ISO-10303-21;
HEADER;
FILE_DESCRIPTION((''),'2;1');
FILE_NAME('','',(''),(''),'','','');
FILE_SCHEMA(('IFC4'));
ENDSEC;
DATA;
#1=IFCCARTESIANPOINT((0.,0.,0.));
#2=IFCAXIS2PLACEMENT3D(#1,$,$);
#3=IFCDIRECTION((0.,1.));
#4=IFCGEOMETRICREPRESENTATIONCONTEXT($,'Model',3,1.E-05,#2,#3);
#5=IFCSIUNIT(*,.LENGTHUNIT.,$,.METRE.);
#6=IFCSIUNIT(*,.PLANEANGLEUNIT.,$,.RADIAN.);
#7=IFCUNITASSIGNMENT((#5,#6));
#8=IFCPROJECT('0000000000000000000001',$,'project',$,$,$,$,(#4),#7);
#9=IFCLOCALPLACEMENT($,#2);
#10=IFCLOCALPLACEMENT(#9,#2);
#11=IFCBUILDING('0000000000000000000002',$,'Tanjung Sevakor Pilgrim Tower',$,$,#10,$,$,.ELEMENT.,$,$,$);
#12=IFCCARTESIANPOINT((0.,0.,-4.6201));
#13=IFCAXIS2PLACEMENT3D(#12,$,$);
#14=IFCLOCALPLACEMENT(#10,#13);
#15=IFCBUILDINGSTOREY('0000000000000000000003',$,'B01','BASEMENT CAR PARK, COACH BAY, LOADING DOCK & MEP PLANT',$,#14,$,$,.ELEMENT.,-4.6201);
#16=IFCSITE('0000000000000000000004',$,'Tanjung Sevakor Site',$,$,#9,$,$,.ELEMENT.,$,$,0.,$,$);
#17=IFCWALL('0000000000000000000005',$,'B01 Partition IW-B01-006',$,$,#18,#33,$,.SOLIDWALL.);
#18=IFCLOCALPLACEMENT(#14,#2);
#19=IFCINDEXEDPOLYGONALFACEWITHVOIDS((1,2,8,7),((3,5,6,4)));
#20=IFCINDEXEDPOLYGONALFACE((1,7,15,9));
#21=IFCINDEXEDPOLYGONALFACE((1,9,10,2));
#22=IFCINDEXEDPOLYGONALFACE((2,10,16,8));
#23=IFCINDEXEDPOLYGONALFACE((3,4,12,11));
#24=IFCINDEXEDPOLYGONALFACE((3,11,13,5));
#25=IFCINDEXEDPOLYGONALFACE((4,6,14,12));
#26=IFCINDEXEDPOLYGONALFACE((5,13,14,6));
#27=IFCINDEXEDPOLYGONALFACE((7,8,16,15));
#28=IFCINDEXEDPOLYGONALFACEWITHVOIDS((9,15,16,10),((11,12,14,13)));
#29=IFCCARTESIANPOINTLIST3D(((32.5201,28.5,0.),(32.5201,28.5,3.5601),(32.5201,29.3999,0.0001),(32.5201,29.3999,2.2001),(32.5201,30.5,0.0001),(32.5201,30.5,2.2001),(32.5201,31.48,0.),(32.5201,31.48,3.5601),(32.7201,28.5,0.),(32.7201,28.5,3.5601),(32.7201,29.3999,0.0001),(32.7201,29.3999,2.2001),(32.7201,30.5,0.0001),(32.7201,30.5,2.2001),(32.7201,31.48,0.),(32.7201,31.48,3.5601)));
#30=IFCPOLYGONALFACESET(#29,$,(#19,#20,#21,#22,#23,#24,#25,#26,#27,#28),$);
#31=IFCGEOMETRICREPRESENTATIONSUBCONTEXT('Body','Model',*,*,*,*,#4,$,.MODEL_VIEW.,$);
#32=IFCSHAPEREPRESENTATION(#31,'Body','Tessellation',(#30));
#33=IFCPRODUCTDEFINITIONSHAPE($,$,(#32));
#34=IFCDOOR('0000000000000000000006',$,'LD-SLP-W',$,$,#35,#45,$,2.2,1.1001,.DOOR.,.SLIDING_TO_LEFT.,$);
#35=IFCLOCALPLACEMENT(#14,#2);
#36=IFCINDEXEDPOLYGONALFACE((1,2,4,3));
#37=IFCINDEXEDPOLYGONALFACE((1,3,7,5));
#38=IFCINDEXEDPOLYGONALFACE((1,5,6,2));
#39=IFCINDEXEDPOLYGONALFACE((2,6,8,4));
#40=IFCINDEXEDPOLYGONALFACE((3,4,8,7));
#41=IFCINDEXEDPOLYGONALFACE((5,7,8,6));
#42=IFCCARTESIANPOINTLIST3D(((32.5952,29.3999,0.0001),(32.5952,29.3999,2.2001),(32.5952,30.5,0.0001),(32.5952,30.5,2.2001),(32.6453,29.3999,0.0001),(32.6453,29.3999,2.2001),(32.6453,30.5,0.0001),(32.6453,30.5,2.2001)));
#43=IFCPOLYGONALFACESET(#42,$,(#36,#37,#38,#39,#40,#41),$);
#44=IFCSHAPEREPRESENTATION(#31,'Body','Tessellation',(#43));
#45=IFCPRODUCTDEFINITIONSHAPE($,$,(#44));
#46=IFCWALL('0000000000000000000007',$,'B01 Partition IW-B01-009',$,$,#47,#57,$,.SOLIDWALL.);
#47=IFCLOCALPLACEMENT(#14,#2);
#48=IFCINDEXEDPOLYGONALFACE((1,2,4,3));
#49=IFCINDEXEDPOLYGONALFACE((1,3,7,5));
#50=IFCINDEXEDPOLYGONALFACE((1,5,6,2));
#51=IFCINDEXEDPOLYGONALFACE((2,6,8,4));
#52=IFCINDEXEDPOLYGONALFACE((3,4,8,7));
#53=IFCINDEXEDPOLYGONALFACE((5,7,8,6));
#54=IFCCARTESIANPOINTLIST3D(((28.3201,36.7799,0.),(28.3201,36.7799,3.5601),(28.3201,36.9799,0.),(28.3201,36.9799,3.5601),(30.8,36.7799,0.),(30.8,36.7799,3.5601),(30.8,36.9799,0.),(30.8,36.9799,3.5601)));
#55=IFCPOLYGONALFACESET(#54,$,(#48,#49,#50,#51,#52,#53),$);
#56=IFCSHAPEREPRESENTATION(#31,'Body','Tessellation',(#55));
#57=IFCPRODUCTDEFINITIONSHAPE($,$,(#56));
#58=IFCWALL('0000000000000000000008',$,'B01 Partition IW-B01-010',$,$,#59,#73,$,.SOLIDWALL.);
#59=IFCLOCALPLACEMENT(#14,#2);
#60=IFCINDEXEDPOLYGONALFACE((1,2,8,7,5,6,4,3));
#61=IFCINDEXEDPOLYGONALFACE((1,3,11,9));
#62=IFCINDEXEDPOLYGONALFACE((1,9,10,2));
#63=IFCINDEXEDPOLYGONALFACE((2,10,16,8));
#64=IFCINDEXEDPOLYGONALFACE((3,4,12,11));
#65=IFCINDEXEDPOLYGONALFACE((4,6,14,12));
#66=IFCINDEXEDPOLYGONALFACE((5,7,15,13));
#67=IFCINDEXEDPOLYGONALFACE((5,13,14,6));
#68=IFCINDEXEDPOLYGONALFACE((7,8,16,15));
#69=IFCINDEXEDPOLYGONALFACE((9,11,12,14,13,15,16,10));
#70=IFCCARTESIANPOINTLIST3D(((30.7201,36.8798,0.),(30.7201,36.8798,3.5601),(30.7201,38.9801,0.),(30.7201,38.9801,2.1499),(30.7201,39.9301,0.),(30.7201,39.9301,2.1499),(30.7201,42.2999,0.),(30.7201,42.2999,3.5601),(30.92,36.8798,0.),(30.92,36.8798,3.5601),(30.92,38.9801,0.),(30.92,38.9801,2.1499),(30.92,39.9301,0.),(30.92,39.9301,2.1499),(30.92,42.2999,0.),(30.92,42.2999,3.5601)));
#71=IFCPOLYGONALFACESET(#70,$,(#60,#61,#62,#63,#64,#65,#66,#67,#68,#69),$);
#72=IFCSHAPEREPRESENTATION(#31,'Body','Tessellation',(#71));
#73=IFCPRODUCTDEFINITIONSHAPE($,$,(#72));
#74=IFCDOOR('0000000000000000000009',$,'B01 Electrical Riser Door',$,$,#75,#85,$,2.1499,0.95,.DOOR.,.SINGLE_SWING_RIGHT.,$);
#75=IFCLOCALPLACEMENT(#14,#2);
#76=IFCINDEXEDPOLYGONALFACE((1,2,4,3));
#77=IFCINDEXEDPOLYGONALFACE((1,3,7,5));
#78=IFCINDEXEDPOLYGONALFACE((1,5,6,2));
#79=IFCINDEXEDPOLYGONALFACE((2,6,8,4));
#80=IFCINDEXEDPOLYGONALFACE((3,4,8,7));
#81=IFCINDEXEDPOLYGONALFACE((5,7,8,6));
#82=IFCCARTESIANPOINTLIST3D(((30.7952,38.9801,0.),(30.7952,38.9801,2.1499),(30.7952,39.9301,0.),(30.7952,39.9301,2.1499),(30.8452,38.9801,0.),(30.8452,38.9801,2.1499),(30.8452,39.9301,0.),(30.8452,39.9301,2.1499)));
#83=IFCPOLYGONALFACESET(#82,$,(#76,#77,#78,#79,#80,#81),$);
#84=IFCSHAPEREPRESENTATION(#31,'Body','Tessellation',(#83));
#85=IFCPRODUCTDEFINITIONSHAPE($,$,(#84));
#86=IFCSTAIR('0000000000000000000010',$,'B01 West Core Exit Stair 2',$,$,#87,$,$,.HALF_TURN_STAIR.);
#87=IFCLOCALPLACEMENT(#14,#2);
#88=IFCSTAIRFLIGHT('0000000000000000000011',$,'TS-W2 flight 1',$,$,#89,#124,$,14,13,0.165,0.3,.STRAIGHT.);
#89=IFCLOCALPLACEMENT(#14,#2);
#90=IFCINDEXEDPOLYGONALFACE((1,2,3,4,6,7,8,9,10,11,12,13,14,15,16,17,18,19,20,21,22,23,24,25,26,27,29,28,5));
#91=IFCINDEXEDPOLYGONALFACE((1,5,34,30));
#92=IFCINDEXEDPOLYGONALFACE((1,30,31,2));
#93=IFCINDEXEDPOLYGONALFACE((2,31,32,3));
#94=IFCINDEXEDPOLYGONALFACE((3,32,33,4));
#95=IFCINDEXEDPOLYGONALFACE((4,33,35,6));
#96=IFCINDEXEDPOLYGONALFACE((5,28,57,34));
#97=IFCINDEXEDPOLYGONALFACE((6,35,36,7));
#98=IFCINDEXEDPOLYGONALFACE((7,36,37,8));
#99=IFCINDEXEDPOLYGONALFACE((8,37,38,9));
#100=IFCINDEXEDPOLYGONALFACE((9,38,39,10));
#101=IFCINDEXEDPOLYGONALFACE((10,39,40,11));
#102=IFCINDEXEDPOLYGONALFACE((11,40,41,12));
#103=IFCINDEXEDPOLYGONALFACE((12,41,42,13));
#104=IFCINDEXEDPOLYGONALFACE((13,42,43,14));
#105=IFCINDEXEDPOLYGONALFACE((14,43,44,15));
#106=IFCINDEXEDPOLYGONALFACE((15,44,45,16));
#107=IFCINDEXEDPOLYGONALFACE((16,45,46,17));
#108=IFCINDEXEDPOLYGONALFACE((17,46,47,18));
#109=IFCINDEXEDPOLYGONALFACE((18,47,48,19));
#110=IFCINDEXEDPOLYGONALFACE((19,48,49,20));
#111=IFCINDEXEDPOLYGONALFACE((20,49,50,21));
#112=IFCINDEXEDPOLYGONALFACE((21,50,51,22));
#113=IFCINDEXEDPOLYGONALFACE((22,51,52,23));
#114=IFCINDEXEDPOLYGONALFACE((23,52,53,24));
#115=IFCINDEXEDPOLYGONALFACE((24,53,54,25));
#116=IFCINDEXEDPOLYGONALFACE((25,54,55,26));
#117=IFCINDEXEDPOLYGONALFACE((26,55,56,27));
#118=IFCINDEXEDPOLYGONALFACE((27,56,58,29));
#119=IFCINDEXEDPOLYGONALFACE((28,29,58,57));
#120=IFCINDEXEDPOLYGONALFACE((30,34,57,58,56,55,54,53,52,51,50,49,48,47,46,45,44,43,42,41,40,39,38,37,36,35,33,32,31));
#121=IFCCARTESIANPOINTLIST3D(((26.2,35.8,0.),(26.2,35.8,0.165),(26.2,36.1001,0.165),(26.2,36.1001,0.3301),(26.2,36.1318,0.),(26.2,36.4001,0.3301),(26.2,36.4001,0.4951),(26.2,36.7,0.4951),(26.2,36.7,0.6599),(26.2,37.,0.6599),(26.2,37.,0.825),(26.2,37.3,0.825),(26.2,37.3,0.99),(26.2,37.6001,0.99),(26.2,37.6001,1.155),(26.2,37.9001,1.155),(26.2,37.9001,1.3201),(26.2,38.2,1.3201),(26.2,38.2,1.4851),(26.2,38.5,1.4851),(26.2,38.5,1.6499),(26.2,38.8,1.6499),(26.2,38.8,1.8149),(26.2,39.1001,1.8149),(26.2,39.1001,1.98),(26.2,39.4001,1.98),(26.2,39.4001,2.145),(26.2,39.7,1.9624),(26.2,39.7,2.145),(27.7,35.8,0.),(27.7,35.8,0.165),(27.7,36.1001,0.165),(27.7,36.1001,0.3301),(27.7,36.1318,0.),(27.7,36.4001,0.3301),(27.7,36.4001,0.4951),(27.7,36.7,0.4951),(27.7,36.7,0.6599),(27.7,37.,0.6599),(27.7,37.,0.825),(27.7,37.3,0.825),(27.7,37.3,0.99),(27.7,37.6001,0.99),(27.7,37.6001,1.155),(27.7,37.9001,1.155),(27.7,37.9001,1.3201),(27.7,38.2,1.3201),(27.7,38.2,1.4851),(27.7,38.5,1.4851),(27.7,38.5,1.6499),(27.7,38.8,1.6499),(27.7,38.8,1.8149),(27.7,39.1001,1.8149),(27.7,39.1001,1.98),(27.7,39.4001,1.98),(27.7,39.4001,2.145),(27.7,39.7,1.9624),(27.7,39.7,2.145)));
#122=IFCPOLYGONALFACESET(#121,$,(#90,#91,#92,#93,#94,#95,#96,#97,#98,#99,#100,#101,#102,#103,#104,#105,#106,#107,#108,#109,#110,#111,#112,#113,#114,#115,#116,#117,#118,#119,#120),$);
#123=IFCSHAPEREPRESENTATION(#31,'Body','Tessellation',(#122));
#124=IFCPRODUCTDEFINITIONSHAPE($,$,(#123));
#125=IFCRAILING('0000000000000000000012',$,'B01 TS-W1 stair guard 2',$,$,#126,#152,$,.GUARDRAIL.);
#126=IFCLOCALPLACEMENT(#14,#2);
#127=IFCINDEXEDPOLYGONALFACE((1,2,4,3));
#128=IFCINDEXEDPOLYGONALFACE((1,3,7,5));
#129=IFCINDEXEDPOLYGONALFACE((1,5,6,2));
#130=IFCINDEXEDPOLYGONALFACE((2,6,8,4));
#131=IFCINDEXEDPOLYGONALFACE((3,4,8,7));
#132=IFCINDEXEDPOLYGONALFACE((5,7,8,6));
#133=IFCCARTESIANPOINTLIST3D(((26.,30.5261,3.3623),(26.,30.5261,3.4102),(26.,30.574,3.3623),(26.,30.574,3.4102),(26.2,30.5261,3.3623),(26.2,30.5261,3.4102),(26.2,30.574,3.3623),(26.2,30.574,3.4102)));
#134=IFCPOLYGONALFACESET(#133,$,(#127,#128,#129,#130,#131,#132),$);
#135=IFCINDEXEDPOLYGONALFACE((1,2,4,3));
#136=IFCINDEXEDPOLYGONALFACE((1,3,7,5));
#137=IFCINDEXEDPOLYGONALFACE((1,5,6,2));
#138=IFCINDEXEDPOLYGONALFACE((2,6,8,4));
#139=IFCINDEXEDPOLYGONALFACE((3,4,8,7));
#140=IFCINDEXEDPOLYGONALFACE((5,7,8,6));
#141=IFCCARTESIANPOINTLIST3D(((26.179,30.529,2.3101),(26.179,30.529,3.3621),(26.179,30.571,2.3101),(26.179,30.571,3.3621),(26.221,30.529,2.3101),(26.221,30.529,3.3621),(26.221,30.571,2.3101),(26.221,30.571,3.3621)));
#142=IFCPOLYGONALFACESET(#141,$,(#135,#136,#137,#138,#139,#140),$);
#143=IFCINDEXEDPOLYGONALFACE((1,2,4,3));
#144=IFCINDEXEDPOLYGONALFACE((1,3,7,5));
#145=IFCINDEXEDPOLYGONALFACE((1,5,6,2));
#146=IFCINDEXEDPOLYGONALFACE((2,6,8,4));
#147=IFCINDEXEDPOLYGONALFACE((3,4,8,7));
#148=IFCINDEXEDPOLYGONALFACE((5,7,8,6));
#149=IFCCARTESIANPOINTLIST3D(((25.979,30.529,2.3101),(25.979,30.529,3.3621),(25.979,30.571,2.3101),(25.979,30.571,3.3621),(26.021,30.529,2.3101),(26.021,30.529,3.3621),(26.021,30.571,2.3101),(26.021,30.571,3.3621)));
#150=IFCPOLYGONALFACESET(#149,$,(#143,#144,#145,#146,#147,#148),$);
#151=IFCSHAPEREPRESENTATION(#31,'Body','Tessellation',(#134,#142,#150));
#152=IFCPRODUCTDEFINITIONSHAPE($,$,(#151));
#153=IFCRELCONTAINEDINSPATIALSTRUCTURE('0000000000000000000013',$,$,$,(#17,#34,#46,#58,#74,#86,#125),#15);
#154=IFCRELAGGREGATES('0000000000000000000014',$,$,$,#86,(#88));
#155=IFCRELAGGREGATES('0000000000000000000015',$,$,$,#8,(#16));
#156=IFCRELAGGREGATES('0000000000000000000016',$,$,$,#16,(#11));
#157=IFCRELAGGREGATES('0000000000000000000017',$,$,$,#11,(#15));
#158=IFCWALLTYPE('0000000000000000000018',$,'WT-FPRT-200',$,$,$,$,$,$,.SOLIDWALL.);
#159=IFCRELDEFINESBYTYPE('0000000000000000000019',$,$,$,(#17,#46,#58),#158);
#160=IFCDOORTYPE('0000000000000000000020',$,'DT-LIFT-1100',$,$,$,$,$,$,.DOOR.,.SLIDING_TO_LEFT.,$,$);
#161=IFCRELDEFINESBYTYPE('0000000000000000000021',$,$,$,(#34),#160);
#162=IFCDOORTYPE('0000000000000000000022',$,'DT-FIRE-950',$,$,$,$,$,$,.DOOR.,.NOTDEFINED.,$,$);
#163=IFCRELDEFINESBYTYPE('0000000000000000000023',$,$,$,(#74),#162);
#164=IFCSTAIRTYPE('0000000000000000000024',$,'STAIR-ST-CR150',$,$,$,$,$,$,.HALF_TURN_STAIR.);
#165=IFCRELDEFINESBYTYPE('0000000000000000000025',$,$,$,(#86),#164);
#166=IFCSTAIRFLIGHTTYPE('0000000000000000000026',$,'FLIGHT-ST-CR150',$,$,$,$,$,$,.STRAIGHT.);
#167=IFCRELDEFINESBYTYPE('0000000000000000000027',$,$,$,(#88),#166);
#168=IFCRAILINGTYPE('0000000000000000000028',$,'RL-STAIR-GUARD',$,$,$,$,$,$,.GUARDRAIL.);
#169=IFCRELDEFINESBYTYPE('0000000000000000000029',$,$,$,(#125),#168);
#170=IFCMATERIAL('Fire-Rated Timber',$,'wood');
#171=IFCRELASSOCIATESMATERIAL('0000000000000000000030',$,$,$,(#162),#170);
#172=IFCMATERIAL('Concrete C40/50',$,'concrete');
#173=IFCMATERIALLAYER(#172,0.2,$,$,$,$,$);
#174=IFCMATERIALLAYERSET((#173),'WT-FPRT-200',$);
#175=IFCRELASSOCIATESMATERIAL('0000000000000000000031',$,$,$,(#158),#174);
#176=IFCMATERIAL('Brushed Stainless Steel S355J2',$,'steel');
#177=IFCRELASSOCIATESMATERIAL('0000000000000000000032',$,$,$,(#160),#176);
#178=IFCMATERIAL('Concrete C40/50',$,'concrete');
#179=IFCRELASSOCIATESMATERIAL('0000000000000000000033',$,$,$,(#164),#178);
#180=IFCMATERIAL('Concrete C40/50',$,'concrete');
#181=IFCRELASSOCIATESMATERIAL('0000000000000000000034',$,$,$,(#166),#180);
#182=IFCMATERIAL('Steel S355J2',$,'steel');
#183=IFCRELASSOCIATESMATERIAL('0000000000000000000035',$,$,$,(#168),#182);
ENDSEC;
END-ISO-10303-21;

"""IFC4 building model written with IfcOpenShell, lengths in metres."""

from ifc_helpers import new_model, si_unit, direction, frame, frame_2d, origin, place, context, subcontext, project, spatial, polyline, rectangle, outline, extrude, material, layer, layer_set, type_object, element, fill, aggregate, save


model = new_model("IFC4")

# Units and contexts
model_context = context("Model", 3, precision=1e-05, world=origin(), true_north=direction((0.0, 1.0)))
body_context = subcontext(model_context, "Body", "Model", "MODEL_VIEW")
ifc_project = project(units=[si_unit("LENGTHUNIT", "METRE"), si_unit("PLANEANGLEUNIT", "RADIAN")], contexts=[model_context])

# Site, building, storey
site_placement = place(None, origin())
site = spatial("IfcSite", under=ifc_project, at=site_placement, Name="Tanjung Sevakor Site", CompositionType="ELEMENT", RefElevation=0.0)
building_placement = place(site_placement, origin())
building = spatial("IfcBuilding", under=site, at=building_placement, Name="Tanjung Sevakor Pilgrim Tower", CompositionType="ELEMENT")
storey_placement = place(building_placement, frame((0.0, 0.0, -4.6201)))
storey = spatial("IfcBuildingStorey", under=building, at=storey_placement, Name="B01", Description="BASEMENT CAR PARK, COACH BAY, LOADING DOCK & MEP PLANT", CompositionType="ELEMENT", Elevation=-4.6201)

# Shared definitions
ifc_material_1 = material(Name="Fire-Rated Timber", Category="wood")
door_type_1 = type_object("IfcDoorType", Name="DT-FIRE-950", OperationType="NOTDEFINED", PredefinedType="DOOR", material=ifc_material_1)

# Shared definitions
ifc_material_2 = material(Name="Concrete C40/50", Category="concrete")
ifc_layer_1 = layer(ifc_material_2, 0.2)
ifc_layer_set_1 = layer_set([ifc_layer_1], Name="WT-FPRT-200")
wall_type_1 = type_object("IfcWallType", Name="WT-FPRT-200", PredefinedType="SOLIDWALL", material=ifc_layer_set_1)

# Wall, opening, door
wall_1_placement = place(storey_placement, frame((32.6201, 28.5, 0.0), z_axis=(0.0, 0.0, 1.0), x_axis=(0.0, 1.0, 0.0)))
wall_1 = element("IfcWall", 1, at=wall_1_placement, inside=storey, type_object=wall_type_1, Name="B01 Partition IW-B01-006", PredefinedType="SOLIDWALL", context=body_context, shape_type="SweptSolid", body=[
    extrude(rectangle(XDim=2.98, YDim=0.2, at=frame_2d((1.49, 0.0))), origin(), (0.0, 0.0, 1.0), 3.5601),
])
opening_1_placement = place(wall_1_placement, frame((0.8999, 0.0, 0.0)))
opening_1 = element("IfcOpeningElement", 2, at=opening_1_placement, cuts=wall_1, PredefinedType="OPENING", context=body_context, shape_type="SweptSolid", body=[
    extrude(rectangle(XDim=1.1001, YDim=2.2, at=frame_2d((0.55, 1.1001))), frame((0.0, 0.1099, 0.0), z_axis=(0.0, -1.0, 0.0), x_axis=(1.0, 0.0, 0.0)), (0.0, 0.0, 1.0), 0.22),
])
ifc_material_3 = material(Name="Brushed Stainless Steel S355J2", Category="steel")
door_type_2 = type_object("IfcDoorType", Name="DT-LIFT-1100", OperationType="SLIDING_TO_LEFT", PredefinedType="DOOR", material=ifc_material_3)
door_1_placement = place(opening_1_placement, origin())
door_1 = element("IfcDoor", 3, at=door_1_placement, inside=storey, type_object=door_type_2, Name="LD-SLP-W", OperationType="SLIDING_TO_LEFT", OverallHeight=2.2, OverallWidth=1.1001, PredefinedType="DOOR", context=body_context, shape_type="SweptSolid", body=[
    extrude(rectangle(XDim=1.1001, YDim=2.2, at=frame_2d((0.55, 1.1001))), frame((0.0, 0.0249, 0.0), z_axis=(0.0, -1.0, 0.0), x_axis=(1.0, 0.0, 0.0)), (0.0, 0.0, 1.0), 0.05),
])
fill(opening_1, door_1)

# Wall
wall_2_placement = place(storey_placement, frame((28.3201, 36.8799, 0.0), z_axis=(0.0, 0.0, 1.0), x_axis=(1.0, 0.0, 0.0)))
element("IfcWall", 4, at=wall_2_placement, inside=storey, type_object=wall_type_1, Name="B01 Partition IW-B01-009", PredefinedType="SOLIDWALL", context=body_context, shape_type="SweptSolid", body=[
    extrude(rectangle(XDim=2.48, YDim=0.2, at=frame_2d((1.24, 0.0))), origin(), (0.0, 0.0, 1.0), 3.5601),
])

# Wall, opening, door
wall_3_placement = place(storey_placement, frame((30.8201, 36.8799, 0.0), z_axis=(0.0, 0.0, 1.0), x_axis=(0.0, 1.0, 0.0)))
wall_3 = element("IfcWall", 5, at=wall_3_placement, inside=storey, type_object=wall_type_1, Name="B01 Partition IW-B01-010", PredefinedType="SOLIDWALL", context=body_context, shape_type="SweptSolid", body=[
    extrude(rectangle(XDim=5.4202, YDim=0.2, at=frame_2d((2.71, 0.0))), origin(), (0.0, 0.0, 1.0), 3.5601),
])
opening_2_placement = place(wall_3_placement, frame((2.1001, 0.0, 0.0)))
opening_2 = element("IfcOpeningElement", 6, at=opening_2_placement, cuts=wall_3, PredefinedType="OPENING", context=body_context, shape_type="SweptSolid", body=[
    extrude(rectangle(XDim=0.95, YDim=2.1499, at=frame_2d((0.4751, 1.075))), frame((0.0, 0.1099, 0.0), z_axis=(0.0, -1.0, 0.0), x_axis=(1.0, 0.0, 0.0)), (0.0, 0.0, 1.0), 0.22),
])
door_2_placement = place(opening_2_placement, origin())
door_2 = element("IfcDoor", 7, at=door_2_placement, inside=storey, type_object=door_type_1, Name="B01 Electrical Riser Door", OperationType="SINGLE_SWING_RIGHT", OverallHeight=2.1499, OverallWidth=0.95, PredefinedType="DOOR", context=body_context, shape_type="SweptSolid", body=[
    extrude(rectangle(XDim=0.95, YDim=2.1499, at=frame_2d((0.4751, 1.075))), frame((0.0, 0.0249, 0.0), z_axis=(0.0, -1.0, 0.0), x_axis=(1.0, 0.0, 0.0)), (0.0, 0.0, 1.0), 0.05),
])
fill(opening_2, door_2)

# Stair, stair flight
ifc_material_4 = material(Name="Concrete C40/50", Category="concrete")
stair_type = type_object("IfcStairType", Name="STAIR-ST-CR150", PredefinedType="HALF_TURN_STAIR", material=ifc_material_4)
stair_placement = place(storey_placement, origin())
stair = element("IfcStair", 8, at=stair_placement, inside=storey, type_object=stair_type, Name="B01 West Core Exit Stair 2", PredefinedType="HALF_TURN_STAIR")
ifc_material_5 = material(Name="Concrete C40/50", Category="concrete")
stair_flight_type = type_object("IfcStairFlightType", Name="FLIGHT-ST-CR150", PredefinedType="STRAIGHT", material=ifc_material_5)
stair_flight_placement = place(storey_placement, frame((26.95, 35.8, 0.0), z_axis=(0.0, 0.0, 1.0), x_axis=(0.0, 1.0, 0.0)))
stair_flight = element("IfcStairFlight", 9, at=stair_flight_placement, type_object=stair_flight_type, Name="TS-W2 flight 1", NumberOfRisers=14, NumberOfTreads=13, PredefinedType="STRAIGHT", RiserHeight=0.165, TreadLength=0.3, context=body_context, shape_type="SweptSolid", body=[
    extrude(outline(polyline([(0.0, 0.0), (0.0, 0.165), (0.3, 0.165), (0.3, 0.3301), (0.6001, 0.3301), (0.6001, 0.4951), (0.8999, 0.4951), (0.8999, 0.6599), (1.2, 0.6599), (1.2, 0.825), (1.5, 0.825), (1.5, 0.99), (1.8, 0.99), (1.8, 1.155), (2.1001, 1.155), (2.1001, 1.3201), (2.3999, 1.3201), (2.3999, 1.4851), (2.7, 1.4851), (2.7, 1.6499), (3.0, 1.6499), (3.0, 1.8149), (3.3, 1.8149), (3.3, 1.98), (3.6001, 1.98), (3.6001, 2.145), (3.8999, 2.145), (3.8999, 2.3101), (3.8999, 1.9624), (0.3318, 0.0), (0.0, 0.0)])), frame((0.0, 0.75, 0.0), z_axis=(0.0, -1.0, 0.0), x_axis=(1.0, 0.0, 0.0)), (0.0, 0.0, 1.0), 1.5),
])
aggregate(stair, [stair_flight])

# Railing
ifc_material_6 = material(Name="Steel S355J2", Category="steel")
railing_type_1 = type_object("IfcRailingType", Name="RL-STAIR-GUARD", PredefinedType="GUARDRAIL", material=ifc_material_6)
railing_1_placement = place(storey_placement, frame((26.2, 30.55, 2.3101)))
element("IfcRailing", 10, at=railing_1_placement, inside=storey, type_object=railing_type_1, Name="B01 TS-W1 stair guard 2", PredefinedType="GUARDRAIL", context=body_context, shape_type="SweptSolid", body=[
    extrude(rectangle(XDim=0.0479, YDim=0.0479), frame((0.0, 0.0, 1.0762), z_axis=(-1.0, 0.0, 0.0), x_axis=(0.0, -1.0, 0.0)), (0.0, 0.0, 1.0), 0.2),
    extrude(rectangle(XDim=0.042, YDim=0.042), origin(), (0.0, 0.0, 1.0), 1.052),
    extrude(rectangle(XDim=0.042, YDim=0.042), frame((-0.2, 0.0, 0.0)), (0.0, 0.0, 1.0), 1.052),
])

save(model, "model.ifc")
